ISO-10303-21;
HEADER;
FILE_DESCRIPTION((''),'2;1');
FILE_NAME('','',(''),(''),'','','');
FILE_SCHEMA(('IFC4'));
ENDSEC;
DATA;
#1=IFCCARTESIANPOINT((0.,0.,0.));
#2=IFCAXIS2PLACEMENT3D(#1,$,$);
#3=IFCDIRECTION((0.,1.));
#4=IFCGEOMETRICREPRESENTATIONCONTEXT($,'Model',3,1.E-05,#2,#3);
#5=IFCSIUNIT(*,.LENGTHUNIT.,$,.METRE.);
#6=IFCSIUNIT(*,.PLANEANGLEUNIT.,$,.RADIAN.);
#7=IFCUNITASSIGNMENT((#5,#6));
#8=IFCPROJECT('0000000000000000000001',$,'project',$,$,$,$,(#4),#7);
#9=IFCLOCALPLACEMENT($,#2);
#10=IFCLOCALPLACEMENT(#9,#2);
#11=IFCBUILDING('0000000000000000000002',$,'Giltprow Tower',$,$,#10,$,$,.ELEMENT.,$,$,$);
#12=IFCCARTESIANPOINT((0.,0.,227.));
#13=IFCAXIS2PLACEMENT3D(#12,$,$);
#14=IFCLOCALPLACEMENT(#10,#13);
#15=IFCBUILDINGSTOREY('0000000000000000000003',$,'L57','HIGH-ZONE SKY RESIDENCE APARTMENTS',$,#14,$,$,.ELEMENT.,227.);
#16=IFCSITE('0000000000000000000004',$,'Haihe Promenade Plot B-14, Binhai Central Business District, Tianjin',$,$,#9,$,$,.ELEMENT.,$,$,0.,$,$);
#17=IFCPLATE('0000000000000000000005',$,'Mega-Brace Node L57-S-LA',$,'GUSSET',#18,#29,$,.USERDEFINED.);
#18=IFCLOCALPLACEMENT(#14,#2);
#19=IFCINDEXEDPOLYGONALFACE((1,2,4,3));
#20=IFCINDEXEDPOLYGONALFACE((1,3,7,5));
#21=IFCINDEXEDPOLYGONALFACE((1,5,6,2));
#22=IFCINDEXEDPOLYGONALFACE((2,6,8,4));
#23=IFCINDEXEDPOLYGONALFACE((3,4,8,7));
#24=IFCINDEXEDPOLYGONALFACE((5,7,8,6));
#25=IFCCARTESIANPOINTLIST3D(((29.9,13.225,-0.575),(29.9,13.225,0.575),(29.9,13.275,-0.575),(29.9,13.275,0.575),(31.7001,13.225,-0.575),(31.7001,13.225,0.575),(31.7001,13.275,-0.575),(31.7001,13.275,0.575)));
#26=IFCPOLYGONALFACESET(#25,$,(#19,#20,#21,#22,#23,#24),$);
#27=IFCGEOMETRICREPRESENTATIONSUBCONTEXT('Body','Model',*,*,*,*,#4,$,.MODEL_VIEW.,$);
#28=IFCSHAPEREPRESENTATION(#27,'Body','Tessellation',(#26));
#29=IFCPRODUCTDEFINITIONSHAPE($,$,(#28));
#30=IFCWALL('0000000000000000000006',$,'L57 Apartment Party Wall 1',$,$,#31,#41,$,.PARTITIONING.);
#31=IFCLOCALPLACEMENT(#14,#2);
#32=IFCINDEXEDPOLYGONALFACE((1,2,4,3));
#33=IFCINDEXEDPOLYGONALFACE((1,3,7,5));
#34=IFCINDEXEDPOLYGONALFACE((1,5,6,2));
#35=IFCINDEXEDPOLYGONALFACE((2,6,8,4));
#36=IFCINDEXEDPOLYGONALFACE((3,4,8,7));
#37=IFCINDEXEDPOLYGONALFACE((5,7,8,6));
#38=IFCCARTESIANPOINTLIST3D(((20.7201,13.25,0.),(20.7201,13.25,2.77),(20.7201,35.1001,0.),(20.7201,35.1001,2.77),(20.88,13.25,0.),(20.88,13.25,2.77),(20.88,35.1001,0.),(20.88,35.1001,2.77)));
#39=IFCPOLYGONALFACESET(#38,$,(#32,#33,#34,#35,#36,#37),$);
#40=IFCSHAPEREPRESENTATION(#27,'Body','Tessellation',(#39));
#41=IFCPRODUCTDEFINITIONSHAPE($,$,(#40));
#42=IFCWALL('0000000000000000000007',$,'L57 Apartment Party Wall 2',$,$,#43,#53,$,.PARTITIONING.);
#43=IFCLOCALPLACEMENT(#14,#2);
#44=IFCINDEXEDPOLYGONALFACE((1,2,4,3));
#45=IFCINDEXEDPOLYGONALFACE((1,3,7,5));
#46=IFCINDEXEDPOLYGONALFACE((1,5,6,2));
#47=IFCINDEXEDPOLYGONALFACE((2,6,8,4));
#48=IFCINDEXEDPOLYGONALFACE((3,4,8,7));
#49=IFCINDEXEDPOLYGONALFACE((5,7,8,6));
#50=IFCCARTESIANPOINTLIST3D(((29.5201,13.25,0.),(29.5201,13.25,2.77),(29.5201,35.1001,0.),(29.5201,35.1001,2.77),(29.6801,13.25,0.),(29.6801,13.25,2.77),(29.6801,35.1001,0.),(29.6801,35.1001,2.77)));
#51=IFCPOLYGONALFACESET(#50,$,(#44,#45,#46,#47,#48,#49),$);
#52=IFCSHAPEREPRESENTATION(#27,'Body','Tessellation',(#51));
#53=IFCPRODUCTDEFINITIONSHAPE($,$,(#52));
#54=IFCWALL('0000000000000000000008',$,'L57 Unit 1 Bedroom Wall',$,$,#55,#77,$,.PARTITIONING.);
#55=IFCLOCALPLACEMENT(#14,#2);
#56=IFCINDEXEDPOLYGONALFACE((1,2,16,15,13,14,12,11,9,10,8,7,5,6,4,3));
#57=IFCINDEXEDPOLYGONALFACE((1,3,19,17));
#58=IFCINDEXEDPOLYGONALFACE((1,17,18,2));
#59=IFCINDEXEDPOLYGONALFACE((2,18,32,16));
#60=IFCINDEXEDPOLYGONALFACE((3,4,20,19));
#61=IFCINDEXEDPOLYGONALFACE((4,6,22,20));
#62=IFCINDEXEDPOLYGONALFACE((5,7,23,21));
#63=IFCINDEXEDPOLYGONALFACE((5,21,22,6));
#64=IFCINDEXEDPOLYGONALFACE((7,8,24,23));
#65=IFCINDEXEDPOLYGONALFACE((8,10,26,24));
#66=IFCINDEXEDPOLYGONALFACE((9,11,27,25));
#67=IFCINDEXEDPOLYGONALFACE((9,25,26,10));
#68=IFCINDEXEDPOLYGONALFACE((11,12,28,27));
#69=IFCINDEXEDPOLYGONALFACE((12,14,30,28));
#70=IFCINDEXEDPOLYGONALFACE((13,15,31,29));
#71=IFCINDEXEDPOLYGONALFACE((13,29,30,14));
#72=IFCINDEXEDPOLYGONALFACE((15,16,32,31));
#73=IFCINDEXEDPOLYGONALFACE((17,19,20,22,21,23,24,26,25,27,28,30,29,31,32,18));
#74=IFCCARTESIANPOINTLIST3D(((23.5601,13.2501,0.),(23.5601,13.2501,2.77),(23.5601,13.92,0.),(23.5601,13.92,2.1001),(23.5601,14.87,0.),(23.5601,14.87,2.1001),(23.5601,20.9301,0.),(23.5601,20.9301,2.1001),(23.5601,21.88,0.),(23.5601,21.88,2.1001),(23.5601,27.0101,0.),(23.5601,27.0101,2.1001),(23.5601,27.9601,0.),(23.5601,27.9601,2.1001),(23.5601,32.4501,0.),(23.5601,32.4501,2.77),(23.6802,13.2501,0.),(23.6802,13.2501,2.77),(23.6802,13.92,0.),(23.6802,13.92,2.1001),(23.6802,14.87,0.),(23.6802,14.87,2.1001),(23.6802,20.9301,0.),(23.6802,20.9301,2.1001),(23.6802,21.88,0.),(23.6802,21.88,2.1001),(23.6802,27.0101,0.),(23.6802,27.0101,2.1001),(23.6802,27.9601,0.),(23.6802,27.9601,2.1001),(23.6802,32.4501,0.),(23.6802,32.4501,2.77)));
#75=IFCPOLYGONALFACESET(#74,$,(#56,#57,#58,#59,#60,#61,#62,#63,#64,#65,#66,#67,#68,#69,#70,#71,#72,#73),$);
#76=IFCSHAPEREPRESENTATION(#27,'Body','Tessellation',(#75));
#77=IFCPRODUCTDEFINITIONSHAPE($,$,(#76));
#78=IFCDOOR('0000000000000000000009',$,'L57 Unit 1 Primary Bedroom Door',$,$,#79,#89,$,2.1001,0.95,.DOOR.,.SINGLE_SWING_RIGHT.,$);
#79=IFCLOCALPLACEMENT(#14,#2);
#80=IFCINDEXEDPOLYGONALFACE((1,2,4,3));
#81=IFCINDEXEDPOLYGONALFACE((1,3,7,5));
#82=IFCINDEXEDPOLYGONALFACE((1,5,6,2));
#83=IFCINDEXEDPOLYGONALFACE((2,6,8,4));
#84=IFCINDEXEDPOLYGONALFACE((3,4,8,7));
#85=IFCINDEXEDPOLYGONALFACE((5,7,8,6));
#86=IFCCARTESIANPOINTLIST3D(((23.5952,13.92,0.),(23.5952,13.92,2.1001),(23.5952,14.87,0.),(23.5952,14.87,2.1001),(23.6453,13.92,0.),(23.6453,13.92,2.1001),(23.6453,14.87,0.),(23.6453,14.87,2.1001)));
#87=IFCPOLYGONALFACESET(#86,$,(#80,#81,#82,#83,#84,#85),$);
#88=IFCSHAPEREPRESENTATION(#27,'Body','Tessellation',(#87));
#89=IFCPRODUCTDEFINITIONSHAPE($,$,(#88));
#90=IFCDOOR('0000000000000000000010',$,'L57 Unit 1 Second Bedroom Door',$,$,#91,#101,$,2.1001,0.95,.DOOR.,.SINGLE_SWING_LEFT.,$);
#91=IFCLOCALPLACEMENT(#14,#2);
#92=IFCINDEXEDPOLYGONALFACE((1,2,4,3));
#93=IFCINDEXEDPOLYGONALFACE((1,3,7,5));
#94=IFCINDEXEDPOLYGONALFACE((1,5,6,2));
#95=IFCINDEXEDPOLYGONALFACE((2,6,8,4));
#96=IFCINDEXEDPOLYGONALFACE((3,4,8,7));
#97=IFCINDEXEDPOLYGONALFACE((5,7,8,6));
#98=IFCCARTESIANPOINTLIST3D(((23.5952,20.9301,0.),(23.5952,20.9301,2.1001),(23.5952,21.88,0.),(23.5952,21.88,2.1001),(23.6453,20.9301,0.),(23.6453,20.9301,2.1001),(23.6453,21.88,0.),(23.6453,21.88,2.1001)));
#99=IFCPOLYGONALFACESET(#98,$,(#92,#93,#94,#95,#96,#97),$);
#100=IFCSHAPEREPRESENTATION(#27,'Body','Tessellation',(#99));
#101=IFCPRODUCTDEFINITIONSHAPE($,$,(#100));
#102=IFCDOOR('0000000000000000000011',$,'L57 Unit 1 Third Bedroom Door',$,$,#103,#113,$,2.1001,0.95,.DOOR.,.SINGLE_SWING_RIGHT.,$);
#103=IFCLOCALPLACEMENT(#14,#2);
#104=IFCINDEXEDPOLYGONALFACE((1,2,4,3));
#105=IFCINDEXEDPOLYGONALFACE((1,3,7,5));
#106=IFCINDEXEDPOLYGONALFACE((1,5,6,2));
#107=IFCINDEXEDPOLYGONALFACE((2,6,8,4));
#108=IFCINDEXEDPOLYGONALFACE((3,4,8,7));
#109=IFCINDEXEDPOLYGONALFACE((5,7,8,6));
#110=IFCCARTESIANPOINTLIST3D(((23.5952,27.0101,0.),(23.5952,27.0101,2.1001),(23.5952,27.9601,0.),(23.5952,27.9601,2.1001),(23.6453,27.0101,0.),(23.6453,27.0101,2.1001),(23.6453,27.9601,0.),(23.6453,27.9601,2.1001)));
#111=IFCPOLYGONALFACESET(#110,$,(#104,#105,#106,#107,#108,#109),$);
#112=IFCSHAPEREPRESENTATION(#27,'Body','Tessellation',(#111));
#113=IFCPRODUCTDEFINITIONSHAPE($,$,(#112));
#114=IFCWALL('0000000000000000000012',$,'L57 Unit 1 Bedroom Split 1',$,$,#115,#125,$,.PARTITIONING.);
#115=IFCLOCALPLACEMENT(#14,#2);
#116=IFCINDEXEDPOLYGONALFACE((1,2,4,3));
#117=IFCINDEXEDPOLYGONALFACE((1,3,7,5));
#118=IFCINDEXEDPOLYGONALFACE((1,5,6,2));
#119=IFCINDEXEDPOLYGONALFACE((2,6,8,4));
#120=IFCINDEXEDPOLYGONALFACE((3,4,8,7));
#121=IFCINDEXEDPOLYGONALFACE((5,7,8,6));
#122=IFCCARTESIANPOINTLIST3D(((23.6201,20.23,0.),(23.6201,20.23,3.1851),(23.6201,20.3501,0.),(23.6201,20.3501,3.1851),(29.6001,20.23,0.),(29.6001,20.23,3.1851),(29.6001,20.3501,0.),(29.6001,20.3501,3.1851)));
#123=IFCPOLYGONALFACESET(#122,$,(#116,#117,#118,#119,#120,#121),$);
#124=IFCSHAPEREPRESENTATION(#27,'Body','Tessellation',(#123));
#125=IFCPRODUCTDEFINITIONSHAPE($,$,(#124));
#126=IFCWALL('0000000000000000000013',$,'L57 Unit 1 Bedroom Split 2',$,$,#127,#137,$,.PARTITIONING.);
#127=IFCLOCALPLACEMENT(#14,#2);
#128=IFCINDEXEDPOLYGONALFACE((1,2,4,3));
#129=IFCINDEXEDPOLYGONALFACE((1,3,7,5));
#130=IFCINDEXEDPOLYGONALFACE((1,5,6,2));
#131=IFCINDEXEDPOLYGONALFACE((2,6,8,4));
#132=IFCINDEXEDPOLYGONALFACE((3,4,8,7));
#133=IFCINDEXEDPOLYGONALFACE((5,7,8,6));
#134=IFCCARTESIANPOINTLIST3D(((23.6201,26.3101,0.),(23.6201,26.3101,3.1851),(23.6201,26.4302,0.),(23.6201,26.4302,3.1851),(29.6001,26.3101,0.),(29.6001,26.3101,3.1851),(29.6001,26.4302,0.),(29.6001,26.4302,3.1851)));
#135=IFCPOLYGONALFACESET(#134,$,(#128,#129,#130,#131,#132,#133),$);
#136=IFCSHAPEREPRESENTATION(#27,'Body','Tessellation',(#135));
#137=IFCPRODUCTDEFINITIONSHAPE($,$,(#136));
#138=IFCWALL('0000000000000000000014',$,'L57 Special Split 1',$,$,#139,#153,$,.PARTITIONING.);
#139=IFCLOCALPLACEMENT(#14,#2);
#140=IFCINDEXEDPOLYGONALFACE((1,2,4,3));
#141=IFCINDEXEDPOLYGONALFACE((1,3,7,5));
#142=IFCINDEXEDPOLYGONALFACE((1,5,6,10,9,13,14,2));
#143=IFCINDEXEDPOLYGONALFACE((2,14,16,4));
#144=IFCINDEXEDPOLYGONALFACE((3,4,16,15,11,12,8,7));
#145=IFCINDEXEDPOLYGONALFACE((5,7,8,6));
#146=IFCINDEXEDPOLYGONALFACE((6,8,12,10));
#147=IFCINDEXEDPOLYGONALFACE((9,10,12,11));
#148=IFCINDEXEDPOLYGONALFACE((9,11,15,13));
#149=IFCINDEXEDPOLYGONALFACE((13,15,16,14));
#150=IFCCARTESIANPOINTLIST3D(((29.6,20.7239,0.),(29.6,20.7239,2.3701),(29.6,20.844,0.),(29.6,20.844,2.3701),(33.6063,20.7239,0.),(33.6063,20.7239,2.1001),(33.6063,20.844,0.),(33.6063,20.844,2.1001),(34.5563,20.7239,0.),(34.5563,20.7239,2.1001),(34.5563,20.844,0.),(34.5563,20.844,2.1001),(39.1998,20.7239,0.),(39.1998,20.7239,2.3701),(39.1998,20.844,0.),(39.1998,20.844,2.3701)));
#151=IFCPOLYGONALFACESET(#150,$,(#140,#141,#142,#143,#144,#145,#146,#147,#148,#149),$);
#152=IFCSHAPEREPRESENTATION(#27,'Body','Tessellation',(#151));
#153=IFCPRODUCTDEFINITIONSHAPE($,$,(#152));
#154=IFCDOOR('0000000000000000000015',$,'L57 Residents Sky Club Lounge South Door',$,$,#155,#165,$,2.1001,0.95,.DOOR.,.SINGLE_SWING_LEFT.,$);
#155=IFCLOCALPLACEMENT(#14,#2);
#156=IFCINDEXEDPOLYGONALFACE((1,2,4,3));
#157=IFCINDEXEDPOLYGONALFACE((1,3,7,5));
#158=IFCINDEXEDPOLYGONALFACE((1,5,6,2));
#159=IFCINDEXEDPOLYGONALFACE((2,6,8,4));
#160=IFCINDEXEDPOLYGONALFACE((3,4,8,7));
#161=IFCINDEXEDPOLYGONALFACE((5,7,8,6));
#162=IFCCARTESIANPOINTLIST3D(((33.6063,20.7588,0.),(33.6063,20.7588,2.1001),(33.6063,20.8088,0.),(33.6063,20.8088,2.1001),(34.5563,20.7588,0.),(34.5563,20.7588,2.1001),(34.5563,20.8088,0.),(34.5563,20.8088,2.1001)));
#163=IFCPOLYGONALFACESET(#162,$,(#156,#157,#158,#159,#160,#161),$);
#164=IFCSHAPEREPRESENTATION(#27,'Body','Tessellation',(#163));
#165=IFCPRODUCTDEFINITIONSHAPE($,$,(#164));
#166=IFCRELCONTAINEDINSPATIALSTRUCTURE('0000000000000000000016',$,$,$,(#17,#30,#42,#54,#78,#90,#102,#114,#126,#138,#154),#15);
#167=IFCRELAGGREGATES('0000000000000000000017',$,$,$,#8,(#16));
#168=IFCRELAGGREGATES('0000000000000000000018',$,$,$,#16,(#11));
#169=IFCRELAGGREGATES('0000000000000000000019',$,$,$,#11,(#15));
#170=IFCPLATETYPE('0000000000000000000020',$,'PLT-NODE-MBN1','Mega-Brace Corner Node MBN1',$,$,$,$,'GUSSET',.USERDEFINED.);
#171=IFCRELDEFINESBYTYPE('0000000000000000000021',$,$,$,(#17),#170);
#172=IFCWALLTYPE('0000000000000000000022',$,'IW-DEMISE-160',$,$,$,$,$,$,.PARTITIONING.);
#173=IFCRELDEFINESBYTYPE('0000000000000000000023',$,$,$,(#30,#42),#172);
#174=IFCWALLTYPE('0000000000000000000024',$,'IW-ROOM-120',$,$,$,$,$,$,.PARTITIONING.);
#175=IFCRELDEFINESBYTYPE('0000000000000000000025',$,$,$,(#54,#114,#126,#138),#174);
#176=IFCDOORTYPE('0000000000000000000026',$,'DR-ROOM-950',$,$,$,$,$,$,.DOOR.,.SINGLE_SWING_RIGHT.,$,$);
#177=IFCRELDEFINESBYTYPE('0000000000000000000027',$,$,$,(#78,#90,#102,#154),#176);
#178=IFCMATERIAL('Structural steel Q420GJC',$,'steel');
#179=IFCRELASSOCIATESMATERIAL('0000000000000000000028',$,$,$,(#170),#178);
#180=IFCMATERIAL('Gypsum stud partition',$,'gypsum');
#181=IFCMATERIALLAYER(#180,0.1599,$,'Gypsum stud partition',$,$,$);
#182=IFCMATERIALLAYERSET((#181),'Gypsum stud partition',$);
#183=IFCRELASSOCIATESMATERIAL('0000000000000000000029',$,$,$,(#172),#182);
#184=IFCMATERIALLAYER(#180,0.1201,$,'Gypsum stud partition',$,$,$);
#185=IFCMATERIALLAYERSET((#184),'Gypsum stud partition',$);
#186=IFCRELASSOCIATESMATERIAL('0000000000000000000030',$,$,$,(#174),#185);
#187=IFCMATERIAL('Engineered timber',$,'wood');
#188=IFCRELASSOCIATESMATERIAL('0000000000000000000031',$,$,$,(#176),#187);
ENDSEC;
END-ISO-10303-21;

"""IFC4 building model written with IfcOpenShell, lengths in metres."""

from ifc_helpers import new_model, si_unit, direction, frame, frame_2d, origin, origin_2d, place, context, subcontext, project, spatial, rectangle, extrude, source, transform, mapped, material, layer, layer_set, type_object, element, fill, save


model = new_model("IFC4")

# Units and contexts
model_context = context("Model", 3, precision=1e-05, world=origin(), true_north=direction((0.0, 1.0)))
body_context = subcontext(model_context, "Body", "Model", "MODEL_VIEW")
ifc_project = project(units=[si_unit("LENGTHUNIT", "METRE"), si_unit("PLANEANGLEUNIT", "RADIAN")], contexts=[model_context])

# Site, building, storey
site_placement = place(None, origin())
site = spatial("IfcSite", under=ifc_project, at=site_placement, Name="Haihe Promenade Plot B-14, Binhai Central Business District, Tianjin", CompositionType="ELEMENT", RefElevation=0.0)
building_placement = place(site_placement, origin())
building = spatial("IfcBuilding", under=site, at=building_placement, Name="Giltprow Tower", CompositionType="ELEMENT")
storey_placement = place(building_placement, frame((0.0, 0.0, 227.0)))
storey = spatial("IfcBuildingStorey", under=building, at=storey_placement, Name="L57", Description="HIGH-ZONE SKY RESIDENCE APARTMENTS", CompositionType="ELEMENT", Elevation=227.0)

# Shared definitions
ifc_material_1 = material(Name="Structural steel Q420GJC", Category="steel")

# Plate
plate_type = type_object("IfcPlateType", Name="PLT-NODE-MBN1", Description="Mega-Brace Corner Node MBN1", ElementType="GUSSET", PredefinedType="USERDEFINED", material=ifc_material_1)
shared_shape_1 = source(origin(), body_context, "Body", "SweptSolid", [
    extrude(rectangle(XDim=1.8, YDim=0.05, at=origin_2d()), origin(), (0.0, 0.0, 1.0), 1.1499),
])
plate_placement = place(storey_placement, frame((30.8, 13.25, -0.575), z_axis=(0.0, 0.0, 1.0), x_axis=(1.0, 0.0, 0.0)))
element("IfcPlate", 1, at=plate_placement, inside=storey, type_object=plate_type, Name="Mega-Brace Node L57-S-LA", ObjectType="GUSSET", PredefinedType="USERDEFINED", context=body_context, shape_type="MappedRepresentation", body=[
    mapped(shared_shape_1, transform((0.0, 0.0, 0.0), x_axis=(1.0, 0.0, 0.0), y_axis=(0.0, 1.0, 0.0), z_axis=(0.0, 0.0, 1.0), scale=1.0)),
])

# Walls
ifc_material_2 = material(Name="Gypsum stud partition", Category="gypsum")
ifc_layer_1 = layer(ifc_material_2, 0.1599, Name="Gypsum stud partition")
ifc_layer_set_1 = layer_set([ifc_layer_1], Name="Gypsum stud partition")
wall_type_1 = type_object("IfcWallType", Name="IW-DEMISE-160", PredefinedType="PARTITIONING", material=ifc_layer_set_1)
for number, where, z_axis, x_axis, name in (
    (2, (20.8, 13.25, 0.0), (0.0, 0.0, 1.0), (0.0, 1.0, 0.0), "L57 Apartment Party Wall 1"),
    (3, (29.6001, 13.25, 0.0), (0.0, 0.0, 1.0), (0.0, 1.0, 0.0), "L57 Apartment Party Wall 2"),
):
    element("IfcWall", number, at=place(storey_placement, frame(where, z_axis=z_axis, x_axis=x_axis)), inside=storey, type_object=wall_type_1, Name=name, PredefinedType="PARTITIONING", context=body_context, shape_type="SweptSolid", body=[
        extrude(rectangle(XDim=21.8501, YDim=0.1599, at=frame_2d((10.925, 0.0))), origin(), (0.0, 0.0, 1.0), 2.77),
    ])

# Wall, openings, doors
ifc_layer_2 = layer(ifc_material_2, 0.1201, Name="Gypsum stud partition")
ifc_layer_set_2 = layer_set([ifc_layer_2], Name="Gypsum stud partition")
wall_type_2 = type_object("IfcWallType", Name="IW-ROOM-120", PredefinedType="PARTITIONING", material=ifc_layer_set_2)
wall_1_placement = place(storey_placement, frame((23.6201, 13.25, 0.0), z_axis=(0.0, 0.0, 1.0), x_axis=(0.0, 1.0, 0.0)))
wall_1 = element("IfcWall", 4, at=wall_1_placement, inside=storey, type_object=wall_type_2, Name="L57 Unit 1 Bedroom Wall", PredefinedType="PARTITIONING", context=body_context, shape_type="SweptSolid", body=[
    extrude(rectangle(XDim=19.2, YDim=0.1201, at=frame_2d((9.6001, 0.0))), origin(), (0.0, 0.0, 1.0), 2.77),
])
opening_1_placement = place(wall_1_placement, frame((0.6699, 0.0, 0.0)))
opening_1 = element("IfcOpeningElement", 5, at=opening_1_placement, cuts=wall_1, PredefinedType="OPENING", context=body_context, shape_type="SweptSolid", body=[
    extrude(rectangle(XDim=0.95, YDim=2.1001, at=frame_2d((0.4751, 1.05))), frame((0.0, 0.0701, 0.0), z_axis=(0.0, -1.0, 0.0), x_axis=(1.0, 0.0, 0.0)), (0.0, 0.0, 1.0), 0.1401),
])
opening_2_placement = place(wall_1_placement, frame((7.6799, 0.0, 0.0)))
opening_2 = element("IfcOpeningElement", 6, at=opening_2_placement, cuts=wall_1, PredefinedType="OPENING", context=body_context, shape_type="SweptSolid", body=[
    extrude(rectangle(XDim=0.95, YDim=2.1001, at=frame_2d((0.4751, 1.05))), frame((0.0, 0.0701, 0.0), z_axis=(0.0, -1.0, 0.0), x_axis=(1.0, 0.0, 0.0)), (0.0, 0.0, 1.0), 0.1401),
])
opening_3_placement = place(wall_1_placement, frame((13.76, 0.0, 0.0)))
opening_3 = element("IfcOpeningElement", 7, at=opening_3_placement, cuts=wall_1, PredefinedType="OPENING", context=body_context, shape_type="SweptSolid", body=[
    extrude(rectangle(XDim=0.95, YDim=2.1001, at=frame_2d((0.4751, 1.05))), frame((0.0, 0.0701, 0.0), z_axis=(0.0, -1.0, 0.0), x_axis=(1.0, 0.0, 0.0)), (0.0, 0.0, 1.0), 0.1401),
])
ifc_material_3 = material(Name="Engineered timber", Category="wood")
door_type = type_object("IfcDoorType", Name="DR-ROOM-950", OperationType="SINGLE_SWING_RIGHT", PredefinedType="DOOR", material=ifc_material_3)
shared_shape_2 = source(origin(), body_context, "Body", "SweptSolid", [
    extrude(rectangle(XDim=0.95, YDim=2.1001, at=frame_2d((0.4751, 1.05))), frame((0.0, 0.0249, 0.0), z_axis=(0.0, -1.0, 0.0), x_axis=(1.0, 0.0, 0.0)), (0.0, 0.0, 1.0), 0.05),
])
door_1_placement = place(opening_1_placement, origin())
door_1 = element("IfcDoor", 8, at=door_1_placement, inside=storey, type_object=door_type, Name="L57 Unit 1 Primary Bedroom Door", OperationType="SINGLE_SWING_RIGHT", OverallHeight=2.1001, OverallWidth=0.95, PredefinedType="DOOR", context=body_context, shape_type="MappedRepresentation", body=[
    mapped(shared_shape_2, transform((0.0, 0.0, 0.0), x_axis=(1.0, 0.0, 0.0), y_axis=(0.0, 1.0, 0.0), z_axis=(0.0, 0.0, 1.0), scale=1.0)),
])
fill(opening_1, door_1)
door_2_placement = place(opening_2_placement, origin())
door_2 = element("IfcDoor", 9, at=door_2_placement, inside=storey, type_object=door_type, Name="L57 Unit 1 Second Bedroom Door", OperationType="SINGLE_SWING_LEFT", OverallHeight=2.1001, OverallWidth=0.95, PredefinedType="DOOR", context=body_context, shape_type="MappedRepresentation", body=[
    mapped(shared_shape_2, transform((0.0, 0.0, 0.0), x_axis=(1.0, 0.0, 0.0), y_axis=(0.0, 1.0, 0.0), z_axis=(0.0, 0.0, 1.0), scale=1.0)),
])
fill(opening_2, door_2)
door_3_placement = place(opening_3_placement, origin())
door_3 = element("IfcDoor", 10, at=door_3_placement, inside=storey, type_object=door_type, Name="L57 Unit 1 Third Bedroom Door", OperationType="SINGLE_SWING_RIGHT", OverallHeight=2.1001, OverallWidth=0.95, PredefinedType="DOOR", context=body_context, shape_type="MappedRepresentation", body=[
    mapped(shared_shape_2, transform((0.0, 0.0, 0.0), x_axis=(1.0, 0.0, 0.0), y_axis=(0.0, 1.0, 0.0), z_axis=(0.0, 0.0, 1.0), scale=1.0)),
])
fill(opening_3, door_3)

# Walls
for number, where, z_axis, x_axis, name in (
    (11, (23.6201, 20.29, 0.0), (0.0, 0.0, 1.0), (1.0, 0.0, 0.0), "L57 Unit 1 Bedroom Split 1"),
    (12, (23.6201, 26.3701, 0.0), (0.0, 0.0, 1.0), (1.0, 0.0, 0.0), "L57 Unit 1 Bedroom Split 2"),
):
    element("IfcWall", number, at=place(storey_placement, frame(where, z_axis=z_axis, x_axis=x_axis)), inside=storey, type_object=wall_type_2, Name=name, PredefinedType="PARTITIONING", context=body_context, shape_type="SweptSolid", body=[
        extrude(rectangle(XDim=5.98, YDim=0.1201, at=frame_2d((2.99, 0.0))), origin(), (0.0, 0.0, 1.0), 3.1851),
    ])

# Wall, opening, door
wall_2_placement = place(storey_placement, frame((29.6001, 20.7839, 0.0), z_axis=(0.0, 0.0, 1.0), x_axis=(1.0, 0.0, 0.0)))
wall_2 = element("IfcWall", 13, at=wall_2_placement, inside=storey, type_object=wall_type_2, Name="L57 Special Split 1", PredefinedType="PARTITIONING", context=body_context, shape_type="SweptSolid", body=[
    extrude(rectangle(XDim=9.5999, YDim=0.1201, at=frame_2d((4.7998, 0.0))), origin(), (0.0, 0.0, 1.0), 2.3701),
])
opening_4_placement = place(wall_2_placement, frame((4.0061, 0.0, 0.0)))
opening_4 = element("IfcOpeningElement", 14, at=opening_4_placement, cuts=wall_2, PredefinedType="OPENING", context=body_context, shape_type="SweptSolid", body=[
    extrude(rectangle(XDim=0.95, YDim=2.1001, at=frame_2d((0.4751, 1.05))), frame((0.0, 0.0701, 0.0), z_axis=(0.0, -1.0, 0.0), x_axis=(1.0, 0.0, 0.0)), (0.0, 0.0, 1.0), 0.1401),
])
door_4_placement = place(opening_4_placement, origin())
door_4 = element("IfcDoor", 15, at=door_4_placement, inside=storey, type_object=door_type, Name="L57 Residents Sky Club Lounge South Door", OperationType="SINGLE_SWING_LEFT", OverallHeight=2.1001, OverallWidth=0.95, PredefinedType="DOOR", context=body_context, shape_type="MappedRepresentation", body=[
    mapped(shared_shape_2, transform((0.0, 0.0, 0.0), x_axis=(1.0, 0.0, 0.0), y_axis=(0.0, 1.0, 0.0), z_axis=(0.0, 0.0, 1.0), scale=1.0)),
])
fill(opening_4, door_4)

save(model, "model.ifc")
